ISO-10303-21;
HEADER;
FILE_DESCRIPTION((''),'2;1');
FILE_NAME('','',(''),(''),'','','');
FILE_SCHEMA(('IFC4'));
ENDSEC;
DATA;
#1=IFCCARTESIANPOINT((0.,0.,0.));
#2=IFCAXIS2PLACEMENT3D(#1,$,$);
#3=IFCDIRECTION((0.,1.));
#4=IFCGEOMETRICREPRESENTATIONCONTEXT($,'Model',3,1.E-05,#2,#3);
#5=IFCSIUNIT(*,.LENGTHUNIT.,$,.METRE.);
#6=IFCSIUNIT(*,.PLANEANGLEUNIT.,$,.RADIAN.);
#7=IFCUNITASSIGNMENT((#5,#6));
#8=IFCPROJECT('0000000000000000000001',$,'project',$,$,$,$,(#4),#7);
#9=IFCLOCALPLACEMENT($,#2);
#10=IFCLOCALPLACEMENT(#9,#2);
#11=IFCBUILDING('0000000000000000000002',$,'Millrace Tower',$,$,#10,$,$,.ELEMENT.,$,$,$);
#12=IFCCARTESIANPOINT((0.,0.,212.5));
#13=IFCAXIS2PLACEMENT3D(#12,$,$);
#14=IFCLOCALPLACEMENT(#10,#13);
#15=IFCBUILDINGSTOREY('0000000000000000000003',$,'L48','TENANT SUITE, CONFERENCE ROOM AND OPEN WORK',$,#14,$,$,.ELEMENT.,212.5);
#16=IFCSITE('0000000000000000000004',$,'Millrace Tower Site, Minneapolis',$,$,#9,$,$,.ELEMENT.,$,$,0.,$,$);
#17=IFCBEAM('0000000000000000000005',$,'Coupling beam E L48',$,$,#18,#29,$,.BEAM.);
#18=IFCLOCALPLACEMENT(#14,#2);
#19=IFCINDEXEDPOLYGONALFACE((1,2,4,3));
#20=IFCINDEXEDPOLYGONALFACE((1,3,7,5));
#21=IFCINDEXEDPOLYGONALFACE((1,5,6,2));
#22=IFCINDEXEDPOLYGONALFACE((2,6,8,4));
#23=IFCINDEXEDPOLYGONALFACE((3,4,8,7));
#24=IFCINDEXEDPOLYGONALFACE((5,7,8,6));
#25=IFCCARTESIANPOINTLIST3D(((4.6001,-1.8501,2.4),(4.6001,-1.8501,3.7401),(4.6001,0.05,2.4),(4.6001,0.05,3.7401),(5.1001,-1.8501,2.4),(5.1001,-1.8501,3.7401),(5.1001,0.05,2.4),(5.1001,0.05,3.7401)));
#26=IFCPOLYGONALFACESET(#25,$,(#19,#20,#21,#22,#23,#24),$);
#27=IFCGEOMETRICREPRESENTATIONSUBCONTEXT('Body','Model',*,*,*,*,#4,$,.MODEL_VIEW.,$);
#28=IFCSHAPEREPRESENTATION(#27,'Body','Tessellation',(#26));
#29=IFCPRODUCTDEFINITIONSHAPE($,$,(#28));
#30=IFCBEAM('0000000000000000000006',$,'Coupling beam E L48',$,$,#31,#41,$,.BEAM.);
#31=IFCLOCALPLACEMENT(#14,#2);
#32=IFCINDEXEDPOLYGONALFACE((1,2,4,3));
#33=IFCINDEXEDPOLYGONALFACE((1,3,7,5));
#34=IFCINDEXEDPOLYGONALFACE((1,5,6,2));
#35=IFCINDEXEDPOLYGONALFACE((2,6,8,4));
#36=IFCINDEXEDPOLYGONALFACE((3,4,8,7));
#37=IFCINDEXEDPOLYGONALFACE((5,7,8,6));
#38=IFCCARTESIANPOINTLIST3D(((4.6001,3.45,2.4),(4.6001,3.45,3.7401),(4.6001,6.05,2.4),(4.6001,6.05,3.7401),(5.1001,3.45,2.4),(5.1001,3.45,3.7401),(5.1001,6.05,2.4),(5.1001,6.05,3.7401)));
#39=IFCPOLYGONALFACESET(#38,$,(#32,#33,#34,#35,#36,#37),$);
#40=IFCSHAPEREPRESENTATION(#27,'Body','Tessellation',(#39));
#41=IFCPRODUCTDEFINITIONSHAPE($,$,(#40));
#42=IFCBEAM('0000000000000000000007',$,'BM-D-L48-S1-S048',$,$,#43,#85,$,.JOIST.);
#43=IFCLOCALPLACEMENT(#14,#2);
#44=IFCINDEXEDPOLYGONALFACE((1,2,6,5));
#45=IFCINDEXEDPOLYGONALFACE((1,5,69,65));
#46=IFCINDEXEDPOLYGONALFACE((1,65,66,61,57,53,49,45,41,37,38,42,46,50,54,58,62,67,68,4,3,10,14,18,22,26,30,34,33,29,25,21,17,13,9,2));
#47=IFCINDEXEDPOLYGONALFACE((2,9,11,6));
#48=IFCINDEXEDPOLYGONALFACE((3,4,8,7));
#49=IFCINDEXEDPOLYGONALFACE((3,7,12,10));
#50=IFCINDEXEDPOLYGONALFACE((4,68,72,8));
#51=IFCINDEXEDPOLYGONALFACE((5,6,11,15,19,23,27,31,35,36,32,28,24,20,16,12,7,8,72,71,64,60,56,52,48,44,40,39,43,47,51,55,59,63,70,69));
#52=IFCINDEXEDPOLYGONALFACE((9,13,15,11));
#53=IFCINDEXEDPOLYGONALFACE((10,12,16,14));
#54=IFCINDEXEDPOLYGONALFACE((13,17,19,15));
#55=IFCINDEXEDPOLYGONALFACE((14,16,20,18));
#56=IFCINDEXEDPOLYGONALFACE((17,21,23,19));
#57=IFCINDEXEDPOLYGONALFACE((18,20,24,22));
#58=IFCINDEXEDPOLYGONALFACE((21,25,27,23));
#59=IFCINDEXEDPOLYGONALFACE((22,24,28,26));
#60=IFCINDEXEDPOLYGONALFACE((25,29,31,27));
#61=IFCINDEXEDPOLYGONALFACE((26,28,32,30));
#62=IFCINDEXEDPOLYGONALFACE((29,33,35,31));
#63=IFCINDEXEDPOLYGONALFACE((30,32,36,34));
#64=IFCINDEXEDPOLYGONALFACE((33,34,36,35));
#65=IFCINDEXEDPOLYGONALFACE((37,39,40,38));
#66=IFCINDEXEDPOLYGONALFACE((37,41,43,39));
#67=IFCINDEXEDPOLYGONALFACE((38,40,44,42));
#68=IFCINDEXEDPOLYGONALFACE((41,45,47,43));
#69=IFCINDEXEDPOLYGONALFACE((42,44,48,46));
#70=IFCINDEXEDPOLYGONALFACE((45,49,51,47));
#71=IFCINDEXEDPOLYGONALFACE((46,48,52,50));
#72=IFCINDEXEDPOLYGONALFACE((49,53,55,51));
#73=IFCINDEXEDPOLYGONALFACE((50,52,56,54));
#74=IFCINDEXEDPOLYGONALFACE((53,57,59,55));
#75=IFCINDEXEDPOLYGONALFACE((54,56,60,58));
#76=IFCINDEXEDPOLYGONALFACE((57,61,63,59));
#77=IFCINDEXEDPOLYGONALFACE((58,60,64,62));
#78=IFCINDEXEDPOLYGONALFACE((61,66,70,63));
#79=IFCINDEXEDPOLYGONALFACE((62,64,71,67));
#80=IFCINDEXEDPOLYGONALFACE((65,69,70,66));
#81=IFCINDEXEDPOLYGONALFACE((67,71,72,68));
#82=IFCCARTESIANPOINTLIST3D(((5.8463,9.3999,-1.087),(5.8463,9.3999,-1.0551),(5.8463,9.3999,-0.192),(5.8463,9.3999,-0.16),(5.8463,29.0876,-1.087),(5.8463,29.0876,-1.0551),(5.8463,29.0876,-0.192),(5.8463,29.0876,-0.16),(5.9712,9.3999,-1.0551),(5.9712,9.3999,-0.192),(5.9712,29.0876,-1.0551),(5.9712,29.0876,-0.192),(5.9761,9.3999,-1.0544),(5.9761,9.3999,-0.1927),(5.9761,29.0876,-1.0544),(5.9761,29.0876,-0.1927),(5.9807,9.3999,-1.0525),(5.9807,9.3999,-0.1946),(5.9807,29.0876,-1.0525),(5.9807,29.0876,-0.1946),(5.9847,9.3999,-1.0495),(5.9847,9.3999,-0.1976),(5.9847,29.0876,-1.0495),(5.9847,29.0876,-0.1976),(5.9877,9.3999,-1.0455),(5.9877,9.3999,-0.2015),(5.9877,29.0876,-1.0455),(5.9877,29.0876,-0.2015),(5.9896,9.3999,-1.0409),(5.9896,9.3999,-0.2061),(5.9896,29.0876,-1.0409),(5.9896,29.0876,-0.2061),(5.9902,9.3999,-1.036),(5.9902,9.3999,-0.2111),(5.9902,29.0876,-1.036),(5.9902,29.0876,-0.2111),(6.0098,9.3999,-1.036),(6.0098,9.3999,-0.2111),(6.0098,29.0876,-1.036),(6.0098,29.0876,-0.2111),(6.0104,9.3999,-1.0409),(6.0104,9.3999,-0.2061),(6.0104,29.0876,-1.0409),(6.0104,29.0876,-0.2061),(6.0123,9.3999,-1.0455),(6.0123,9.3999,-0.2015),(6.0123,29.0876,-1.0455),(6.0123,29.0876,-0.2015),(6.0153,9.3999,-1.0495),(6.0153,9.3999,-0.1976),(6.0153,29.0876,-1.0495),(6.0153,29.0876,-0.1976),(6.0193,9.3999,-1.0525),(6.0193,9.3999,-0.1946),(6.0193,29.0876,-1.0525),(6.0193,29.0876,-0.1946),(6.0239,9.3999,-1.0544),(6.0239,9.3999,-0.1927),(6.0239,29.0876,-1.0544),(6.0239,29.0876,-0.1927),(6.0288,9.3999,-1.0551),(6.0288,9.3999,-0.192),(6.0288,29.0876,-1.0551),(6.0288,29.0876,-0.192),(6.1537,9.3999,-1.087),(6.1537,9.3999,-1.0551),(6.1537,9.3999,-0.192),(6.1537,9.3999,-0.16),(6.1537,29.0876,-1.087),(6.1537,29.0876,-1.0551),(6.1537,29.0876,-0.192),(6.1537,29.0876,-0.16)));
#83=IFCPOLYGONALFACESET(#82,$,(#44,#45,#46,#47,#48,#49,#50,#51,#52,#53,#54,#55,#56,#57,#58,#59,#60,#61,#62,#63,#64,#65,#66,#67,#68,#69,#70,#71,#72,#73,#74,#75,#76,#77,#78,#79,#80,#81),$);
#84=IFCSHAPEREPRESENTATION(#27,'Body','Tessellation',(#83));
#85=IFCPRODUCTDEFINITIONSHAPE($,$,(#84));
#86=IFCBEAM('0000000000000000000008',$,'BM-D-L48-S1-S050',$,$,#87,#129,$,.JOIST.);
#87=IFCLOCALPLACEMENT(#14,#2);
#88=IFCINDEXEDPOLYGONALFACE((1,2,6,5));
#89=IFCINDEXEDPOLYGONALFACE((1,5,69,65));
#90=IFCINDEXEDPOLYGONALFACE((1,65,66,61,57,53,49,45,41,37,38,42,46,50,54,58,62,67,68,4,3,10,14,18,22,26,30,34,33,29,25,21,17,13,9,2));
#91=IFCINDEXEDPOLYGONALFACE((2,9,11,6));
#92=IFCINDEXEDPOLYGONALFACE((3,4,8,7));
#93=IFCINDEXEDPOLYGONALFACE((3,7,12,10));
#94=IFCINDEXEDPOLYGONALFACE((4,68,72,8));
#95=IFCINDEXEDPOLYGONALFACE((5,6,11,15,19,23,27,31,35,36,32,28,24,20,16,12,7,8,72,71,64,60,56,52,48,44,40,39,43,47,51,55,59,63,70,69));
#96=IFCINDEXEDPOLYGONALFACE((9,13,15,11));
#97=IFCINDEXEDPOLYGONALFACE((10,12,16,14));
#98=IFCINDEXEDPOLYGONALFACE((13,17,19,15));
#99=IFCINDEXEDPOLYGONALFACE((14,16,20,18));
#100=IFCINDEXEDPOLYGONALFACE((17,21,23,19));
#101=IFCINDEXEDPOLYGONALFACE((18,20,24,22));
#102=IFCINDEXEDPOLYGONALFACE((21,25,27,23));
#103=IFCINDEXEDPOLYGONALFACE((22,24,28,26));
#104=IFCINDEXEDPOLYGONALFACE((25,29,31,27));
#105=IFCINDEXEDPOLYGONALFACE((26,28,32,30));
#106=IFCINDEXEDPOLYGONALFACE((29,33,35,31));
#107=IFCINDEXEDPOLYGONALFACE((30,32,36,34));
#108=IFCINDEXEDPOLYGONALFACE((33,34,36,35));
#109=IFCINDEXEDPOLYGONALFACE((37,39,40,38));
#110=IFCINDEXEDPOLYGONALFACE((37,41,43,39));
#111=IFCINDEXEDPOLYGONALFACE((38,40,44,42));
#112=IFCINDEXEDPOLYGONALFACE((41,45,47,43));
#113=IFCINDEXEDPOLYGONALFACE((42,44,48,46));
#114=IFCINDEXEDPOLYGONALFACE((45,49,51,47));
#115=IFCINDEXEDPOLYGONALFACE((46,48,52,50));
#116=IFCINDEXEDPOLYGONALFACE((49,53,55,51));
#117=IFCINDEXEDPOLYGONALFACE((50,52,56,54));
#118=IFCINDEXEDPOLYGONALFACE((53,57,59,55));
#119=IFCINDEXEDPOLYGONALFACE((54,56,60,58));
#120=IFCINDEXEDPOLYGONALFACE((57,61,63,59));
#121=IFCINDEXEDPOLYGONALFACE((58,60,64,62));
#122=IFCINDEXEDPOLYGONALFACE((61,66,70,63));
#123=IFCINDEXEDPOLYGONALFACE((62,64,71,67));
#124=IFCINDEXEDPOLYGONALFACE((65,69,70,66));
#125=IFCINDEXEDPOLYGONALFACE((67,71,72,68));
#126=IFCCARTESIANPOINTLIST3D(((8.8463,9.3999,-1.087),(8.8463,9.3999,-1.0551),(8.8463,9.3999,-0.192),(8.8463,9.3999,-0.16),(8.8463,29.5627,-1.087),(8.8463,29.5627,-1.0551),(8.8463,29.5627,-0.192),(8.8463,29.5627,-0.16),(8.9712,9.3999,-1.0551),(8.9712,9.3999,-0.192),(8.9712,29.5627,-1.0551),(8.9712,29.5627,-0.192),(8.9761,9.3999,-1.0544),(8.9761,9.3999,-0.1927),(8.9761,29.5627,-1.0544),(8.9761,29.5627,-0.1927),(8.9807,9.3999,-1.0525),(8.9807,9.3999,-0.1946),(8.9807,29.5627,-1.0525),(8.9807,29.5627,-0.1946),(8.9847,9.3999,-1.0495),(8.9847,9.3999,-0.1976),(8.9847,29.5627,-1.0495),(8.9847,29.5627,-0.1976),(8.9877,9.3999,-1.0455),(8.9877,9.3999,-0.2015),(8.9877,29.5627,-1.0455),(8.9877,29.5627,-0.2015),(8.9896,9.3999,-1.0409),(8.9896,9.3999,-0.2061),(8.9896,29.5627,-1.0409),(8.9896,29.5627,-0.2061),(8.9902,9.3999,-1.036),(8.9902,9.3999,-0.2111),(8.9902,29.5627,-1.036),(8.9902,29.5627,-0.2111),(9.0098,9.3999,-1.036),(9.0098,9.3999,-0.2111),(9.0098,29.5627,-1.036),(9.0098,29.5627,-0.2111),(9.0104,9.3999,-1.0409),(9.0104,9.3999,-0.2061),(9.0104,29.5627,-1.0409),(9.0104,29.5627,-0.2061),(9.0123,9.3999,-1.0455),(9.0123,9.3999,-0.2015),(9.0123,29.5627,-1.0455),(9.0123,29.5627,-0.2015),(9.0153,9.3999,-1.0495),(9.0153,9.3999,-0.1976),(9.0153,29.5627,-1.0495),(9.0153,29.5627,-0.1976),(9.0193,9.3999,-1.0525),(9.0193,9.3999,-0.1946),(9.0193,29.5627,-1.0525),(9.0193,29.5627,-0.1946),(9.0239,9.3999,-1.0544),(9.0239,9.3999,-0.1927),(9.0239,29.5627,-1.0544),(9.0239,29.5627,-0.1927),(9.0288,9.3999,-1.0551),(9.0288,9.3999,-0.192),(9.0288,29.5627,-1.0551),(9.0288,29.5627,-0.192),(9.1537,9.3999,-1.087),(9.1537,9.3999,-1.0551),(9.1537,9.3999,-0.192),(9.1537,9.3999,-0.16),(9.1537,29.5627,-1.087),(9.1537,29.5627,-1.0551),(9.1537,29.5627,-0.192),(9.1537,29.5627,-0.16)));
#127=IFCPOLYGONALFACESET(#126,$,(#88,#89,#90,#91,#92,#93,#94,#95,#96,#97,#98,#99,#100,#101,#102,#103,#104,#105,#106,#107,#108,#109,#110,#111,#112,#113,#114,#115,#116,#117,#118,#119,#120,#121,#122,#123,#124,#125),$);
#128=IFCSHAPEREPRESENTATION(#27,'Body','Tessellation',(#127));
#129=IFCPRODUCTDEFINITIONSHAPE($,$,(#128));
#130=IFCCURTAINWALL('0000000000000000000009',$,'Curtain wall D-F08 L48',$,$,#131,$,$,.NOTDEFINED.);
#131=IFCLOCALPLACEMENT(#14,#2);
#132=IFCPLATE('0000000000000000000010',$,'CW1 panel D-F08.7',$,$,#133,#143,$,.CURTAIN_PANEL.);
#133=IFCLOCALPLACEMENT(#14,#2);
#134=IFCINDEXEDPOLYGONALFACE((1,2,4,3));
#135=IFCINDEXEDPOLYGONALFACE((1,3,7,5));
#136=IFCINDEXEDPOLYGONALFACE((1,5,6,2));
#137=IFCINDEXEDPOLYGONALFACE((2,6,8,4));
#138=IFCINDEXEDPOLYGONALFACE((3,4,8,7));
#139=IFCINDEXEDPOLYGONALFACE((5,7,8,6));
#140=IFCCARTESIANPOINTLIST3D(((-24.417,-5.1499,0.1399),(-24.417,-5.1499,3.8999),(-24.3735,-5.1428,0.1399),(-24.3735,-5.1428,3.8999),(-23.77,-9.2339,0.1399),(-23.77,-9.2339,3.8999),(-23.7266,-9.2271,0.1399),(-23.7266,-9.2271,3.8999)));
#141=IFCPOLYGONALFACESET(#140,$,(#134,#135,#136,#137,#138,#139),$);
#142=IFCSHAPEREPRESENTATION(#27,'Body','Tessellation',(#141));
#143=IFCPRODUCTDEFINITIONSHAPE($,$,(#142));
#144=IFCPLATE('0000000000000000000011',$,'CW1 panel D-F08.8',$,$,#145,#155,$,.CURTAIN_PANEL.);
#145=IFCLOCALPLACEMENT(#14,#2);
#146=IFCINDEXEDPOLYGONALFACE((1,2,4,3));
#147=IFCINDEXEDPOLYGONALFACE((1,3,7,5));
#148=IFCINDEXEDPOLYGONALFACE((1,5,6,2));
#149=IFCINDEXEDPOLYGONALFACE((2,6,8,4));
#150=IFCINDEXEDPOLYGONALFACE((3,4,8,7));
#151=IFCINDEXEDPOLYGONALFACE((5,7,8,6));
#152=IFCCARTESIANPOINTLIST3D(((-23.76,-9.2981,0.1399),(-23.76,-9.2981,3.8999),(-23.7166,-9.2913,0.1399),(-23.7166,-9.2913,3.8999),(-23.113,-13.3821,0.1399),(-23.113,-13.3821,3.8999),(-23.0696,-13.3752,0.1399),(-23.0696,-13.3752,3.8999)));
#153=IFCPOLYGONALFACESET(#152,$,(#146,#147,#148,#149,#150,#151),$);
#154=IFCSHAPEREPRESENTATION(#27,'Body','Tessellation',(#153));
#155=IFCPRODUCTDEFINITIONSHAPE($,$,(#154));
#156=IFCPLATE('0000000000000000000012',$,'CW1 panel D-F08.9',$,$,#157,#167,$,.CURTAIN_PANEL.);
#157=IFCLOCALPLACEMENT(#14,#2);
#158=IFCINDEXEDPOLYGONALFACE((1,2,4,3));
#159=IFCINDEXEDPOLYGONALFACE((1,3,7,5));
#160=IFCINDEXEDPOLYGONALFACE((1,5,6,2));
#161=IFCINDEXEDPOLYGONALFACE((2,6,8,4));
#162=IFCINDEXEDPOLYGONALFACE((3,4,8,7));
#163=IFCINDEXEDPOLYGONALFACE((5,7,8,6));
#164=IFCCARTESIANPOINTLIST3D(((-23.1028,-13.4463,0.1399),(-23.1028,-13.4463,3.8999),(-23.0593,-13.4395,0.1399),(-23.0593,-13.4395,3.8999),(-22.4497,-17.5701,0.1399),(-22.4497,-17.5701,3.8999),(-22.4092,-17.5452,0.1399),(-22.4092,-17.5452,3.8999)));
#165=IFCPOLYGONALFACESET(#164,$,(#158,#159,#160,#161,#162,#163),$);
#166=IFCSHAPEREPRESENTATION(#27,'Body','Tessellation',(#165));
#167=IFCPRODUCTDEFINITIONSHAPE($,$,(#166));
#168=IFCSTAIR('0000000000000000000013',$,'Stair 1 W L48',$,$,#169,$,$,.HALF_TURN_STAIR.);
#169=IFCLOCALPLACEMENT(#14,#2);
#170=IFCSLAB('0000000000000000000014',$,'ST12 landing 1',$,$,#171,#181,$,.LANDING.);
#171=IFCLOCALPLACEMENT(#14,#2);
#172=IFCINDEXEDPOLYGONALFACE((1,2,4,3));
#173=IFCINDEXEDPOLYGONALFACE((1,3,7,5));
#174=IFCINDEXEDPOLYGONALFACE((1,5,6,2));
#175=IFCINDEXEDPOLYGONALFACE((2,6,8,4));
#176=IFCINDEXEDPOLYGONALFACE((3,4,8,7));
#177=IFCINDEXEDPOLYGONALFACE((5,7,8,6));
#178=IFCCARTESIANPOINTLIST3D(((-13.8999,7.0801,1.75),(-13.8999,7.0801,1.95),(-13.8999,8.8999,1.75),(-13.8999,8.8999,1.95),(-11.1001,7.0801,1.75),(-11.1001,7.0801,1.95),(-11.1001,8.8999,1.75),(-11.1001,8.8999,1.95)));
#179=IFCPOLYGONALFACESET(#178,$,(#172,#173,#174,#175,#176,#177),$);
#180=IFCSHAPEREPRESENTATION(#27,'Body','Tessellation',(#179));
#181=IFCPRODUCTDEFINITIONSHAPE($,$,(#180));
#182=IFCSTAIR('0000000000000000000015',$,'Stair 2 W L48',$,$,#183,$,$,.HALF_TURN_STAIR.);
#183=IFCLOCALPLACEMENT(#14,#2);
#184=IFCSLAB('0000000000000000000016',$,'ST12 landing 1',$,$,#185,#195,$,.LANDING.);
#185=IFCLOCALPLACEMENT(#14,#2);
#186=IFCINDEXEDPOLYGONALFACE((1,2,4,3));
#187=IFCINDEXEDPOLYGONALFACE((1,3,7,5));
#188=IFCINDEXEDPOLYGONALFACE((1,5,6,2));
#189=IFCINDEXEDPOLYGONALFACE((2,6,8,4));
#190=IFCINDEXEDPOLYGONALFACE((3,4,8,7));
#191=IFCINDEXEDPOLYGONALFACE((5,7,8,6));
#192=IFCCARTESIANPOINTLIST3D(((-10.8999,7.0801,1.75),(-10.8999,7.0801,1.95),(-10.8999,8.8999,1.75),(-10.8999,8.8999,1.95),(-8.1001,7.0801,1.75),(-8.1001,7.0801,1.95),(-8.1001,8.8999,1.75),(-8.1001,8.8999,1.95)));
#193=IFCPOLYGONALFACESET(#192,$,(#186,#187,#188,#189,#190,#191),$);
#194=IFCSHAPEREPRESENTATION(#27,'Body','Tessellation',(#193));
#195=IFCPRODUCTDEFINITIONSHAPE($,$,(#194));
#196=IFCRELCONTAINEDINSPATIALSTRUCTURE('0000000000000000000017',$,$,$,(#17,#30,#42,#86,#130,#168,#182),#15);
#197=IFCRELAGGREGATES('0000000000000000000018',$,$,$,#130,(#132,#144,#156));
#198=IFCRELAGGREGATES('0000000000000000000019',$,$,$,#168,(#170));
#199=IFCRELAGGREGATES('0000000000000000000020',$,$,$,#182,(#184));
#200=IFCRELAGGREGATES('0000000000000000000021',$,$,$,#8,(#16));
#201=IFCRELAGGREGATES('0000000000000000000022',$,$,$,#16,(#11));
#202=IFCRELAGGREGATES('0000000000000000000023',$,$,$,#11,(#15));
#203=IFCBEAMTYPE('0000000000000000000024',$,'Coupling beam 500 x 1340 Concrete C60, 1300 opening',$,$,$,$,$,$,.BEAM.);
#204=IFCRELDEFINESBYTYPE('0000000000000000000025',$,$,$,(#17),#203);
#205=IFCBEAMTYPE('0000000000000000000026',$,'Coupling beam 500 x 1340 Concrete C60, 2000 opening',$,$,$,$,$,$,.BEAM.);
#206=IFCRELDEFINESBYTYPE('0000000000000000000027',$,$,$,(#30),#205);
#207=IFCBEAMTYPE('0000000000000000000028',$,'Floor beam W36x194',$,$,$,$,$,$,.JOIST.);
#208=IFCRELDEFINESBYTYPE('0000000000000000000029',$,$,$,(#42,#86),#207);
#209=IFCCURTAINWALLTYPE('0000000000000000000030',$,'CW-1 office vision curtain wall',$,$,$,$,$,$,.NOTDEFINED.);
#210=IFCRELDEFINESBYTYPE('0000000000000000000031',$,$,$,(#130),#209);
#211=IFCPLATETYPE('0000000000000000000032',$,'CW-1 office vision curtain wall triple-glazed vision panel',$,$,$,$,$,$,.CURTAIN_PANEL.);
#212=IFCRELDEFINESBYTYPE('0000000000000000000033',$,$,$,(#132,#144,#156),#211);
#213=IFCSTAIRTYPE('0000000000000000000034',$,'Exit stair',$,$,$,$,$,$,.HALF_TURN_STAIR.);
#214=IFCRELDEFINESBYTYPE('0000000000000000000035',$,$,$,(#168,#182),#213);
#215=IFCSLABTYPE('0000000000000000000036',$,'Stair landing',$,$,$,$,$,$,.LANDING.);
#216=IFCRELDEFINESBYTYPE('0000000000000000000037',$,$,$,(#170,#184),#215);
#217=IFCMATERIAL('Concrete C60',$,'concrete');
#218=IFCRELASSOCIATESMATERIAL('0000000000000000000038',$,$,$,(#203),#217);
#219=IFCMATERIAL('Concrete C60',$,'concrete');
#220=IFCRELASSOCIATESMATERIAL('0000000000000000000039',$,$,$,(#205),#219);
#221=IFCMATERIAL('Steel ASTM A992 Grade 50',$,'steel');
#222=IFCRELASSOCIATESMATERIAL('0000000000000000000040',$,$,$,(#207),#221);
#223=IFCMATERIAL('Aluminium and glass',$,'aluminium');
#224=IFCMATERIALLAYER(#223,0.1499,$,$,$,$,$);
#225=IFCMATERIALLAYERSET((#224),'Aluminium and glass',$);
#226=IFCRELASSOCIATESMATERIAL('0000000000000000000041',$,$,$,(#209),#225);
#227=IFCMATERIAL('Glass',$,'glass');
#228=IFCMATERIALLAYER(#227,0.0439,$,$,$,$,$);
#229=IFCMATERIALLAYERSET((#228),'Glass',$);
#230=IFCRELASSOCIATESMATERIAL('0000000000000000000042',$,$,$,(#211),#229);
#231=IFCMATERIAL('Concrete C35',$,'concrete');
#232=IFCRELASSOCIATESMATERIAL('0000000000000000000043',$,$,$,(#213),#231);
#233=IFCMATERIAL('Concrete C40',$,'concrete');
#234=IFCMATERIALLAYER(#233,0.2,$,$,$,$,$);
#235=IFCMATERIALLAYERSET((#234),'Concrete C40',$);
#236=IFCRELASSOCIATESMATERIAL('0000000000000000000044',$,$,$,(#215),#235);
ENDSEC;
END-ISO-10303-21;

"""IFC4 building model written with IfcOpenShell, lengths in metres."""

from ifc_helpers import new_model, si_unit, direction, frame, origin, origin_2d, place, context, subcontext, project, spatial, polyline, rectangle, i_section, outline, extrude, material, layer, layer_set, material_profile, profile_set, type_object, element, aggregate, save


model = new_model("IFC4")

# Units and contexts
model_context = context("Model", 3, precision=1e-05, world=origin(), true_north=direction((0.0, 1.0)))
body_context = subcontext(model_context, "Body", "Model", "MODEL_VIEW")
ifc_project = project(units=[si_unit("LENGTHUNIT", "METRE"), si_unit("PLANEANGLEUNIT", "RADIAN")], contexts=[model_context])

# Site, building, storey
site_placement = place(None, origin())
site = spatial("IfcSite", under=ifc_project, at=site_placement, Name="Millrace Tower Site, Minneapolis", CompositionType="ELEMENT", RefElevation=0.0)
building_placement = place(site_placement, origin())
building = spatial("IfcBuilding", under=site, at=building_placement, Name="Millrace Tower", CompositionType="ELEMENT")
storey_placement = place(building_placement, frame((0.0, 0.0, 212.5)))
storey = spatial("IfcBuildingStorey", under=building, at=storey_placement, Name="L48", Description="TENANT SUITE, CONFERENCE ROOM AND OPEN WORK", CompositionType="ELEMENT", Elevation=212.5)

# Beams
ifc_material_1 = material(Name="Concrete C60", Category="concrete")
ifc_material_profile_1 = material_profile(ifc_material_1, rectangle(XDim=0.5, YDim=1.3401, at=origin_2d()))
ifc_profile_set_1 = profile_set([ifc_material_profile_1], Name="Concrete C60")
beam_type_1 = type_object("IfcBeamType", Name="Coupling beam 500 x 1340 Concrete C60, 1300 opening", PredefinedType="BEAM", material=ifc_profile_set_1)
beam_1_placement = place(storey_placement, frame((4.8501, 0.05, 3.0701), z_axis=(0.0, -1.0, 0.0), x_axis=(1.0, 0.0, 0.0)))
element("IfcBeam", 1, at=beam_1_placement, inside=storey, type_object=beam_type_1, Name="Coupling beam E L48", PredefinedType="BEAM", context=body_context, shape_type="SweptSolid", body=[
    extrude(rectangle(XDim=0.5, YDim=1.3401, at=origin_2d()), origin(), (0.0, 0.0, 1.0), 1.9001),
])
ifc_material_2 = material(Name="Concrete C60", Category="concrete")
ifc_material_profile_2 = material_profile(ifc_material_2, rectangle(XDim=0.5, YDim=1.3401, at=origin_2d()))
ifc_profile_set_2 = profile_set([ifc_material_profile_2], Name="Concrete C60")
beam_type_2 = type_object("IfcBeamType", Name="Coupling beam 500 x 1340 Concrete C60, 2000 opening", PredefinedType="BEAM", material=ifc_profile_set_2)
beam_2_placement = place(storey_placement, frame((4.8501, 6.05, 3.0701), z_axis=(0.0, -1.0, 0.0), x_axis=(1.0, 0.0, 0.0)))
element("IfcBeam", 2, at=beam_2_placement, inside=storey, type_object=beam_type_2, Name="Coupling beam E L48", PredefinedType="BEAM", context=body_context, shape_type="SweptSolid", body=[
    extrude(rectangle(XDim=0.5, YDim=1.3401, at=origin_2d()), origin(), (0.0, 0.0, 1.0), 2.6001),
])
ifc_material_3 = material(Name="Steel ASTM A992 Grade 50", Category="steel")
ifc_material_profile_3 = material_profile(ifc_material_3, i_section(OverallWidth=0.3074, OverallDepth=0.927, WebThickness=0.0195, FlangeThickness=0.032, FilletRadius=0.019, at=origin_2d()))
ifc_profile_set_3 = profile_set([ifc_material_profile_3], Name="Steel ASTM A992 Grade 50")
beam_type_3 = type_object("IfcBeamType", Name="Floor beam W36x194", PredefinedType="JOIST", material=ifc_profile_set_3)
beam_3_placement = place(storey_placement, frame((6.0, 9.3999, -0.6235), z_axis=(0.0, 1.0, 0.0), x_axis=(-1.0, 0.0, 0.0)))
element("IfcBeam", 3, at=beam_3_placement, inside=storey, type_object=beam_type_3, Name="BM-D-L48-S1-S048", PredefinedType="JOIST", context=body_context, shape_type="SweptSolid", body=[
    extrude(i_section(OverallWidth=0.3074, OverallDepth=0.927, WebThickness=0.0195, FlangeThickness=0.032, FilletRadius=0.019, at=origin_2d()), origin(), (0.0, 0.0, 1.0), 19.6877),
])
beam_4_placement = place(storey_placement, frame((9.0, 9.3999, -0.6235), z_axis=(0.0, 1.0, 0.0), x_axis=(-1.0, 0.0, 0.0)))
element("IfcBeam", 4, at=beam_4_placement, inside=storey, type_object=beam_type_3, Name="BM-D-L48-S1-S050", PredefinedType="JOIST", context=body_context, shape_type="SweptSolid", body=[
    extrude(i_section(OverallWidth=0.3074, OverallDepth=0.927, WebThickness=0.0195, FlangeThickness=0.032, FilletRadius=0.019, at=origin_2d()), origin(), (0.0, 0.0, 1.0), 20.1628),
])

# Curtain wall, plates
ifc_material_4 = material(Name="Aluminium and glass", Category="aluminium")
ifc_layer_1 = layer(ifc_material_4, 0.1499)
ifc_layer_set_1 = layer_set([ifc_layer_1], Name="Aluminium and glass")
curtain_wall_type = type_object("IfcCurtainWallType", Name="CW-1 office vision curtain wall", PredefinedType="NOTDEFINED", material=ifc_layer_set_1)
placement_1 = place(storey_placement, origin())
curtain_wall = element("IfcCurtainWall", 5, at=placement_1, inside=storey, type_object=curtain_wall_type, Name="Curtain wall D-F08 L48", PredefinedType="NOTDEFINED")
ifc_material_5 = material(Name="Glass", Category="glass")
ifc_layer_2 = layer(ifc_material_5, 0.0439)
ifc_layer_set_2 = layer_set([ifc_layer_2], Name="Glass")
plate_type = type_object("IfcPlateType", Name="CW-1 office vision curtain wall triple-glazed vision panel", PredefinedType="CURTAIN_PANEL", material=ifc_layer_set_2)
placement_2 = place(storey_placement, frame((0.0, 0.0, 0.1399)))
plate_1 = element("IfcPlate", 6, at=placement_2, type_object=plate_type, Name="CW1 panel D-F08.7", PredefinedType="CURTAIN_PANEL", context=body_context, shape_type="SweptSolid", body=[
    extrude(outline(polyline([(-24.417, -5.1499), (-23.77, -9.2339), (-23.7266, -9.2271), (-24.3735, -5.1428), (-24.417, -5.1499)])), origin(), (0.0, 0.0, 1.0), 3.76),
])
plate_2 = element("IfcPlate", 7, at=placement_2, type_object=plate_type, Name="CW1 panel D-F08.8", PredefinedType="CURTAIN_PANEL", context=body_context, shape_type="SweptSolid", body=[
    extrude(outline(polyline([(-23.76, -9.2981), (-23.113, -13.3821), (-23.0696, -13.3752), (-23.7166, -9.2913), (-23.76, -9.2981)])), origin(), (0.0, 0.0, 1.0), 3.76),
])
plate_3 = element("IfcPlate", 8, at=placement_2, type_object=plate_type, Name="CW1 panel D-F08.9", PredefinedType="CURTAIN_PANEL", context=body_context, shape_type="SweptSolid", body=[
    extrude(outline(polyline([(-23.1028, -13.4463), (-22.4497, -17.5701), (-22.4092, -17.5452), (-23.0593, -13.4395), (-23.1028, -13.4463)])), origin(), (0.0, 0.0, 1.0), 3.76),
])
aggregate(curtain_wall, [plate_1, plate_2, plate_3])

# Stairs, slabs
ifc_material_6 = material(Name="Concrete C35", Category="concrete")
stair_type = type_object("IfcStairType", Name="Exit stair", PredefinedType="HALF_TURN_STAIR", material=ifc_material_6)
stair_1 = element("IfcStair", 9, at=placement_1, inside=storey, type_object=stair_type, Name="Stair 1 W L48", PredefinedType="HALF_TURN_STAIR")
ifc_material_7 = material(Name="Concrete C40", Category="concrete")
ifc_layer_3 = layer(ifc_material_7, 0.2)
ifc_layer_set_3 = layer_set([ifc_layer_3], Name="Concrete C40")
slab_type = type_object("IfcSlabType", Name="Stair landing", PredefinedType="LANDING", material=ifc_layer_set_3)
placement_3 = place(storey_placement, frame((0.0, 0.0, 1.75)))
slab_1 = element("IfcSlab", 10, at=placement_3, type_object=slab_type, Name="ST12 landing 1", PredefinedType="LANDING", context=body_context, shape_type="SweptSolid", body=[
    extrude(outline(polyline([(-13.8999, 7.0801), (-11.1001, 7.0801), (-11.1001, 8.8999), (-13.8999, 8.8999), (-13.8999, 7.0801)])), origin(), (0.0, 0.0, 1.0), 0.2),
])
aggregate(stair_1, [slab_1])
stair_2 = element("IfcStair", 11, at=placement_1, inside=storey, type_object=stair_type, Name="Stair 2 W L48", PredefinedType="HALF_TURN_STAIR")
slab_2 = element("IfcSlab", 12, at=placement_3, type_object=slab_type, Name="ST12 landing 1", PredefinedType="LANDING", context=body_context, shape_type="SweptSolid", body=[
    extrude(outline(polyline([(-10.8999, 7.0801), (-8.1001, 7.0801), (-8.1001, 8.8999), (-10.8999, 8.8999), (-10.8999, 7.0801)])), origin(), (0.0, 0.0, 1.0), 0.2),
])
aggregate(stair_2, [slab_2])

save(model, "model.ifc")
